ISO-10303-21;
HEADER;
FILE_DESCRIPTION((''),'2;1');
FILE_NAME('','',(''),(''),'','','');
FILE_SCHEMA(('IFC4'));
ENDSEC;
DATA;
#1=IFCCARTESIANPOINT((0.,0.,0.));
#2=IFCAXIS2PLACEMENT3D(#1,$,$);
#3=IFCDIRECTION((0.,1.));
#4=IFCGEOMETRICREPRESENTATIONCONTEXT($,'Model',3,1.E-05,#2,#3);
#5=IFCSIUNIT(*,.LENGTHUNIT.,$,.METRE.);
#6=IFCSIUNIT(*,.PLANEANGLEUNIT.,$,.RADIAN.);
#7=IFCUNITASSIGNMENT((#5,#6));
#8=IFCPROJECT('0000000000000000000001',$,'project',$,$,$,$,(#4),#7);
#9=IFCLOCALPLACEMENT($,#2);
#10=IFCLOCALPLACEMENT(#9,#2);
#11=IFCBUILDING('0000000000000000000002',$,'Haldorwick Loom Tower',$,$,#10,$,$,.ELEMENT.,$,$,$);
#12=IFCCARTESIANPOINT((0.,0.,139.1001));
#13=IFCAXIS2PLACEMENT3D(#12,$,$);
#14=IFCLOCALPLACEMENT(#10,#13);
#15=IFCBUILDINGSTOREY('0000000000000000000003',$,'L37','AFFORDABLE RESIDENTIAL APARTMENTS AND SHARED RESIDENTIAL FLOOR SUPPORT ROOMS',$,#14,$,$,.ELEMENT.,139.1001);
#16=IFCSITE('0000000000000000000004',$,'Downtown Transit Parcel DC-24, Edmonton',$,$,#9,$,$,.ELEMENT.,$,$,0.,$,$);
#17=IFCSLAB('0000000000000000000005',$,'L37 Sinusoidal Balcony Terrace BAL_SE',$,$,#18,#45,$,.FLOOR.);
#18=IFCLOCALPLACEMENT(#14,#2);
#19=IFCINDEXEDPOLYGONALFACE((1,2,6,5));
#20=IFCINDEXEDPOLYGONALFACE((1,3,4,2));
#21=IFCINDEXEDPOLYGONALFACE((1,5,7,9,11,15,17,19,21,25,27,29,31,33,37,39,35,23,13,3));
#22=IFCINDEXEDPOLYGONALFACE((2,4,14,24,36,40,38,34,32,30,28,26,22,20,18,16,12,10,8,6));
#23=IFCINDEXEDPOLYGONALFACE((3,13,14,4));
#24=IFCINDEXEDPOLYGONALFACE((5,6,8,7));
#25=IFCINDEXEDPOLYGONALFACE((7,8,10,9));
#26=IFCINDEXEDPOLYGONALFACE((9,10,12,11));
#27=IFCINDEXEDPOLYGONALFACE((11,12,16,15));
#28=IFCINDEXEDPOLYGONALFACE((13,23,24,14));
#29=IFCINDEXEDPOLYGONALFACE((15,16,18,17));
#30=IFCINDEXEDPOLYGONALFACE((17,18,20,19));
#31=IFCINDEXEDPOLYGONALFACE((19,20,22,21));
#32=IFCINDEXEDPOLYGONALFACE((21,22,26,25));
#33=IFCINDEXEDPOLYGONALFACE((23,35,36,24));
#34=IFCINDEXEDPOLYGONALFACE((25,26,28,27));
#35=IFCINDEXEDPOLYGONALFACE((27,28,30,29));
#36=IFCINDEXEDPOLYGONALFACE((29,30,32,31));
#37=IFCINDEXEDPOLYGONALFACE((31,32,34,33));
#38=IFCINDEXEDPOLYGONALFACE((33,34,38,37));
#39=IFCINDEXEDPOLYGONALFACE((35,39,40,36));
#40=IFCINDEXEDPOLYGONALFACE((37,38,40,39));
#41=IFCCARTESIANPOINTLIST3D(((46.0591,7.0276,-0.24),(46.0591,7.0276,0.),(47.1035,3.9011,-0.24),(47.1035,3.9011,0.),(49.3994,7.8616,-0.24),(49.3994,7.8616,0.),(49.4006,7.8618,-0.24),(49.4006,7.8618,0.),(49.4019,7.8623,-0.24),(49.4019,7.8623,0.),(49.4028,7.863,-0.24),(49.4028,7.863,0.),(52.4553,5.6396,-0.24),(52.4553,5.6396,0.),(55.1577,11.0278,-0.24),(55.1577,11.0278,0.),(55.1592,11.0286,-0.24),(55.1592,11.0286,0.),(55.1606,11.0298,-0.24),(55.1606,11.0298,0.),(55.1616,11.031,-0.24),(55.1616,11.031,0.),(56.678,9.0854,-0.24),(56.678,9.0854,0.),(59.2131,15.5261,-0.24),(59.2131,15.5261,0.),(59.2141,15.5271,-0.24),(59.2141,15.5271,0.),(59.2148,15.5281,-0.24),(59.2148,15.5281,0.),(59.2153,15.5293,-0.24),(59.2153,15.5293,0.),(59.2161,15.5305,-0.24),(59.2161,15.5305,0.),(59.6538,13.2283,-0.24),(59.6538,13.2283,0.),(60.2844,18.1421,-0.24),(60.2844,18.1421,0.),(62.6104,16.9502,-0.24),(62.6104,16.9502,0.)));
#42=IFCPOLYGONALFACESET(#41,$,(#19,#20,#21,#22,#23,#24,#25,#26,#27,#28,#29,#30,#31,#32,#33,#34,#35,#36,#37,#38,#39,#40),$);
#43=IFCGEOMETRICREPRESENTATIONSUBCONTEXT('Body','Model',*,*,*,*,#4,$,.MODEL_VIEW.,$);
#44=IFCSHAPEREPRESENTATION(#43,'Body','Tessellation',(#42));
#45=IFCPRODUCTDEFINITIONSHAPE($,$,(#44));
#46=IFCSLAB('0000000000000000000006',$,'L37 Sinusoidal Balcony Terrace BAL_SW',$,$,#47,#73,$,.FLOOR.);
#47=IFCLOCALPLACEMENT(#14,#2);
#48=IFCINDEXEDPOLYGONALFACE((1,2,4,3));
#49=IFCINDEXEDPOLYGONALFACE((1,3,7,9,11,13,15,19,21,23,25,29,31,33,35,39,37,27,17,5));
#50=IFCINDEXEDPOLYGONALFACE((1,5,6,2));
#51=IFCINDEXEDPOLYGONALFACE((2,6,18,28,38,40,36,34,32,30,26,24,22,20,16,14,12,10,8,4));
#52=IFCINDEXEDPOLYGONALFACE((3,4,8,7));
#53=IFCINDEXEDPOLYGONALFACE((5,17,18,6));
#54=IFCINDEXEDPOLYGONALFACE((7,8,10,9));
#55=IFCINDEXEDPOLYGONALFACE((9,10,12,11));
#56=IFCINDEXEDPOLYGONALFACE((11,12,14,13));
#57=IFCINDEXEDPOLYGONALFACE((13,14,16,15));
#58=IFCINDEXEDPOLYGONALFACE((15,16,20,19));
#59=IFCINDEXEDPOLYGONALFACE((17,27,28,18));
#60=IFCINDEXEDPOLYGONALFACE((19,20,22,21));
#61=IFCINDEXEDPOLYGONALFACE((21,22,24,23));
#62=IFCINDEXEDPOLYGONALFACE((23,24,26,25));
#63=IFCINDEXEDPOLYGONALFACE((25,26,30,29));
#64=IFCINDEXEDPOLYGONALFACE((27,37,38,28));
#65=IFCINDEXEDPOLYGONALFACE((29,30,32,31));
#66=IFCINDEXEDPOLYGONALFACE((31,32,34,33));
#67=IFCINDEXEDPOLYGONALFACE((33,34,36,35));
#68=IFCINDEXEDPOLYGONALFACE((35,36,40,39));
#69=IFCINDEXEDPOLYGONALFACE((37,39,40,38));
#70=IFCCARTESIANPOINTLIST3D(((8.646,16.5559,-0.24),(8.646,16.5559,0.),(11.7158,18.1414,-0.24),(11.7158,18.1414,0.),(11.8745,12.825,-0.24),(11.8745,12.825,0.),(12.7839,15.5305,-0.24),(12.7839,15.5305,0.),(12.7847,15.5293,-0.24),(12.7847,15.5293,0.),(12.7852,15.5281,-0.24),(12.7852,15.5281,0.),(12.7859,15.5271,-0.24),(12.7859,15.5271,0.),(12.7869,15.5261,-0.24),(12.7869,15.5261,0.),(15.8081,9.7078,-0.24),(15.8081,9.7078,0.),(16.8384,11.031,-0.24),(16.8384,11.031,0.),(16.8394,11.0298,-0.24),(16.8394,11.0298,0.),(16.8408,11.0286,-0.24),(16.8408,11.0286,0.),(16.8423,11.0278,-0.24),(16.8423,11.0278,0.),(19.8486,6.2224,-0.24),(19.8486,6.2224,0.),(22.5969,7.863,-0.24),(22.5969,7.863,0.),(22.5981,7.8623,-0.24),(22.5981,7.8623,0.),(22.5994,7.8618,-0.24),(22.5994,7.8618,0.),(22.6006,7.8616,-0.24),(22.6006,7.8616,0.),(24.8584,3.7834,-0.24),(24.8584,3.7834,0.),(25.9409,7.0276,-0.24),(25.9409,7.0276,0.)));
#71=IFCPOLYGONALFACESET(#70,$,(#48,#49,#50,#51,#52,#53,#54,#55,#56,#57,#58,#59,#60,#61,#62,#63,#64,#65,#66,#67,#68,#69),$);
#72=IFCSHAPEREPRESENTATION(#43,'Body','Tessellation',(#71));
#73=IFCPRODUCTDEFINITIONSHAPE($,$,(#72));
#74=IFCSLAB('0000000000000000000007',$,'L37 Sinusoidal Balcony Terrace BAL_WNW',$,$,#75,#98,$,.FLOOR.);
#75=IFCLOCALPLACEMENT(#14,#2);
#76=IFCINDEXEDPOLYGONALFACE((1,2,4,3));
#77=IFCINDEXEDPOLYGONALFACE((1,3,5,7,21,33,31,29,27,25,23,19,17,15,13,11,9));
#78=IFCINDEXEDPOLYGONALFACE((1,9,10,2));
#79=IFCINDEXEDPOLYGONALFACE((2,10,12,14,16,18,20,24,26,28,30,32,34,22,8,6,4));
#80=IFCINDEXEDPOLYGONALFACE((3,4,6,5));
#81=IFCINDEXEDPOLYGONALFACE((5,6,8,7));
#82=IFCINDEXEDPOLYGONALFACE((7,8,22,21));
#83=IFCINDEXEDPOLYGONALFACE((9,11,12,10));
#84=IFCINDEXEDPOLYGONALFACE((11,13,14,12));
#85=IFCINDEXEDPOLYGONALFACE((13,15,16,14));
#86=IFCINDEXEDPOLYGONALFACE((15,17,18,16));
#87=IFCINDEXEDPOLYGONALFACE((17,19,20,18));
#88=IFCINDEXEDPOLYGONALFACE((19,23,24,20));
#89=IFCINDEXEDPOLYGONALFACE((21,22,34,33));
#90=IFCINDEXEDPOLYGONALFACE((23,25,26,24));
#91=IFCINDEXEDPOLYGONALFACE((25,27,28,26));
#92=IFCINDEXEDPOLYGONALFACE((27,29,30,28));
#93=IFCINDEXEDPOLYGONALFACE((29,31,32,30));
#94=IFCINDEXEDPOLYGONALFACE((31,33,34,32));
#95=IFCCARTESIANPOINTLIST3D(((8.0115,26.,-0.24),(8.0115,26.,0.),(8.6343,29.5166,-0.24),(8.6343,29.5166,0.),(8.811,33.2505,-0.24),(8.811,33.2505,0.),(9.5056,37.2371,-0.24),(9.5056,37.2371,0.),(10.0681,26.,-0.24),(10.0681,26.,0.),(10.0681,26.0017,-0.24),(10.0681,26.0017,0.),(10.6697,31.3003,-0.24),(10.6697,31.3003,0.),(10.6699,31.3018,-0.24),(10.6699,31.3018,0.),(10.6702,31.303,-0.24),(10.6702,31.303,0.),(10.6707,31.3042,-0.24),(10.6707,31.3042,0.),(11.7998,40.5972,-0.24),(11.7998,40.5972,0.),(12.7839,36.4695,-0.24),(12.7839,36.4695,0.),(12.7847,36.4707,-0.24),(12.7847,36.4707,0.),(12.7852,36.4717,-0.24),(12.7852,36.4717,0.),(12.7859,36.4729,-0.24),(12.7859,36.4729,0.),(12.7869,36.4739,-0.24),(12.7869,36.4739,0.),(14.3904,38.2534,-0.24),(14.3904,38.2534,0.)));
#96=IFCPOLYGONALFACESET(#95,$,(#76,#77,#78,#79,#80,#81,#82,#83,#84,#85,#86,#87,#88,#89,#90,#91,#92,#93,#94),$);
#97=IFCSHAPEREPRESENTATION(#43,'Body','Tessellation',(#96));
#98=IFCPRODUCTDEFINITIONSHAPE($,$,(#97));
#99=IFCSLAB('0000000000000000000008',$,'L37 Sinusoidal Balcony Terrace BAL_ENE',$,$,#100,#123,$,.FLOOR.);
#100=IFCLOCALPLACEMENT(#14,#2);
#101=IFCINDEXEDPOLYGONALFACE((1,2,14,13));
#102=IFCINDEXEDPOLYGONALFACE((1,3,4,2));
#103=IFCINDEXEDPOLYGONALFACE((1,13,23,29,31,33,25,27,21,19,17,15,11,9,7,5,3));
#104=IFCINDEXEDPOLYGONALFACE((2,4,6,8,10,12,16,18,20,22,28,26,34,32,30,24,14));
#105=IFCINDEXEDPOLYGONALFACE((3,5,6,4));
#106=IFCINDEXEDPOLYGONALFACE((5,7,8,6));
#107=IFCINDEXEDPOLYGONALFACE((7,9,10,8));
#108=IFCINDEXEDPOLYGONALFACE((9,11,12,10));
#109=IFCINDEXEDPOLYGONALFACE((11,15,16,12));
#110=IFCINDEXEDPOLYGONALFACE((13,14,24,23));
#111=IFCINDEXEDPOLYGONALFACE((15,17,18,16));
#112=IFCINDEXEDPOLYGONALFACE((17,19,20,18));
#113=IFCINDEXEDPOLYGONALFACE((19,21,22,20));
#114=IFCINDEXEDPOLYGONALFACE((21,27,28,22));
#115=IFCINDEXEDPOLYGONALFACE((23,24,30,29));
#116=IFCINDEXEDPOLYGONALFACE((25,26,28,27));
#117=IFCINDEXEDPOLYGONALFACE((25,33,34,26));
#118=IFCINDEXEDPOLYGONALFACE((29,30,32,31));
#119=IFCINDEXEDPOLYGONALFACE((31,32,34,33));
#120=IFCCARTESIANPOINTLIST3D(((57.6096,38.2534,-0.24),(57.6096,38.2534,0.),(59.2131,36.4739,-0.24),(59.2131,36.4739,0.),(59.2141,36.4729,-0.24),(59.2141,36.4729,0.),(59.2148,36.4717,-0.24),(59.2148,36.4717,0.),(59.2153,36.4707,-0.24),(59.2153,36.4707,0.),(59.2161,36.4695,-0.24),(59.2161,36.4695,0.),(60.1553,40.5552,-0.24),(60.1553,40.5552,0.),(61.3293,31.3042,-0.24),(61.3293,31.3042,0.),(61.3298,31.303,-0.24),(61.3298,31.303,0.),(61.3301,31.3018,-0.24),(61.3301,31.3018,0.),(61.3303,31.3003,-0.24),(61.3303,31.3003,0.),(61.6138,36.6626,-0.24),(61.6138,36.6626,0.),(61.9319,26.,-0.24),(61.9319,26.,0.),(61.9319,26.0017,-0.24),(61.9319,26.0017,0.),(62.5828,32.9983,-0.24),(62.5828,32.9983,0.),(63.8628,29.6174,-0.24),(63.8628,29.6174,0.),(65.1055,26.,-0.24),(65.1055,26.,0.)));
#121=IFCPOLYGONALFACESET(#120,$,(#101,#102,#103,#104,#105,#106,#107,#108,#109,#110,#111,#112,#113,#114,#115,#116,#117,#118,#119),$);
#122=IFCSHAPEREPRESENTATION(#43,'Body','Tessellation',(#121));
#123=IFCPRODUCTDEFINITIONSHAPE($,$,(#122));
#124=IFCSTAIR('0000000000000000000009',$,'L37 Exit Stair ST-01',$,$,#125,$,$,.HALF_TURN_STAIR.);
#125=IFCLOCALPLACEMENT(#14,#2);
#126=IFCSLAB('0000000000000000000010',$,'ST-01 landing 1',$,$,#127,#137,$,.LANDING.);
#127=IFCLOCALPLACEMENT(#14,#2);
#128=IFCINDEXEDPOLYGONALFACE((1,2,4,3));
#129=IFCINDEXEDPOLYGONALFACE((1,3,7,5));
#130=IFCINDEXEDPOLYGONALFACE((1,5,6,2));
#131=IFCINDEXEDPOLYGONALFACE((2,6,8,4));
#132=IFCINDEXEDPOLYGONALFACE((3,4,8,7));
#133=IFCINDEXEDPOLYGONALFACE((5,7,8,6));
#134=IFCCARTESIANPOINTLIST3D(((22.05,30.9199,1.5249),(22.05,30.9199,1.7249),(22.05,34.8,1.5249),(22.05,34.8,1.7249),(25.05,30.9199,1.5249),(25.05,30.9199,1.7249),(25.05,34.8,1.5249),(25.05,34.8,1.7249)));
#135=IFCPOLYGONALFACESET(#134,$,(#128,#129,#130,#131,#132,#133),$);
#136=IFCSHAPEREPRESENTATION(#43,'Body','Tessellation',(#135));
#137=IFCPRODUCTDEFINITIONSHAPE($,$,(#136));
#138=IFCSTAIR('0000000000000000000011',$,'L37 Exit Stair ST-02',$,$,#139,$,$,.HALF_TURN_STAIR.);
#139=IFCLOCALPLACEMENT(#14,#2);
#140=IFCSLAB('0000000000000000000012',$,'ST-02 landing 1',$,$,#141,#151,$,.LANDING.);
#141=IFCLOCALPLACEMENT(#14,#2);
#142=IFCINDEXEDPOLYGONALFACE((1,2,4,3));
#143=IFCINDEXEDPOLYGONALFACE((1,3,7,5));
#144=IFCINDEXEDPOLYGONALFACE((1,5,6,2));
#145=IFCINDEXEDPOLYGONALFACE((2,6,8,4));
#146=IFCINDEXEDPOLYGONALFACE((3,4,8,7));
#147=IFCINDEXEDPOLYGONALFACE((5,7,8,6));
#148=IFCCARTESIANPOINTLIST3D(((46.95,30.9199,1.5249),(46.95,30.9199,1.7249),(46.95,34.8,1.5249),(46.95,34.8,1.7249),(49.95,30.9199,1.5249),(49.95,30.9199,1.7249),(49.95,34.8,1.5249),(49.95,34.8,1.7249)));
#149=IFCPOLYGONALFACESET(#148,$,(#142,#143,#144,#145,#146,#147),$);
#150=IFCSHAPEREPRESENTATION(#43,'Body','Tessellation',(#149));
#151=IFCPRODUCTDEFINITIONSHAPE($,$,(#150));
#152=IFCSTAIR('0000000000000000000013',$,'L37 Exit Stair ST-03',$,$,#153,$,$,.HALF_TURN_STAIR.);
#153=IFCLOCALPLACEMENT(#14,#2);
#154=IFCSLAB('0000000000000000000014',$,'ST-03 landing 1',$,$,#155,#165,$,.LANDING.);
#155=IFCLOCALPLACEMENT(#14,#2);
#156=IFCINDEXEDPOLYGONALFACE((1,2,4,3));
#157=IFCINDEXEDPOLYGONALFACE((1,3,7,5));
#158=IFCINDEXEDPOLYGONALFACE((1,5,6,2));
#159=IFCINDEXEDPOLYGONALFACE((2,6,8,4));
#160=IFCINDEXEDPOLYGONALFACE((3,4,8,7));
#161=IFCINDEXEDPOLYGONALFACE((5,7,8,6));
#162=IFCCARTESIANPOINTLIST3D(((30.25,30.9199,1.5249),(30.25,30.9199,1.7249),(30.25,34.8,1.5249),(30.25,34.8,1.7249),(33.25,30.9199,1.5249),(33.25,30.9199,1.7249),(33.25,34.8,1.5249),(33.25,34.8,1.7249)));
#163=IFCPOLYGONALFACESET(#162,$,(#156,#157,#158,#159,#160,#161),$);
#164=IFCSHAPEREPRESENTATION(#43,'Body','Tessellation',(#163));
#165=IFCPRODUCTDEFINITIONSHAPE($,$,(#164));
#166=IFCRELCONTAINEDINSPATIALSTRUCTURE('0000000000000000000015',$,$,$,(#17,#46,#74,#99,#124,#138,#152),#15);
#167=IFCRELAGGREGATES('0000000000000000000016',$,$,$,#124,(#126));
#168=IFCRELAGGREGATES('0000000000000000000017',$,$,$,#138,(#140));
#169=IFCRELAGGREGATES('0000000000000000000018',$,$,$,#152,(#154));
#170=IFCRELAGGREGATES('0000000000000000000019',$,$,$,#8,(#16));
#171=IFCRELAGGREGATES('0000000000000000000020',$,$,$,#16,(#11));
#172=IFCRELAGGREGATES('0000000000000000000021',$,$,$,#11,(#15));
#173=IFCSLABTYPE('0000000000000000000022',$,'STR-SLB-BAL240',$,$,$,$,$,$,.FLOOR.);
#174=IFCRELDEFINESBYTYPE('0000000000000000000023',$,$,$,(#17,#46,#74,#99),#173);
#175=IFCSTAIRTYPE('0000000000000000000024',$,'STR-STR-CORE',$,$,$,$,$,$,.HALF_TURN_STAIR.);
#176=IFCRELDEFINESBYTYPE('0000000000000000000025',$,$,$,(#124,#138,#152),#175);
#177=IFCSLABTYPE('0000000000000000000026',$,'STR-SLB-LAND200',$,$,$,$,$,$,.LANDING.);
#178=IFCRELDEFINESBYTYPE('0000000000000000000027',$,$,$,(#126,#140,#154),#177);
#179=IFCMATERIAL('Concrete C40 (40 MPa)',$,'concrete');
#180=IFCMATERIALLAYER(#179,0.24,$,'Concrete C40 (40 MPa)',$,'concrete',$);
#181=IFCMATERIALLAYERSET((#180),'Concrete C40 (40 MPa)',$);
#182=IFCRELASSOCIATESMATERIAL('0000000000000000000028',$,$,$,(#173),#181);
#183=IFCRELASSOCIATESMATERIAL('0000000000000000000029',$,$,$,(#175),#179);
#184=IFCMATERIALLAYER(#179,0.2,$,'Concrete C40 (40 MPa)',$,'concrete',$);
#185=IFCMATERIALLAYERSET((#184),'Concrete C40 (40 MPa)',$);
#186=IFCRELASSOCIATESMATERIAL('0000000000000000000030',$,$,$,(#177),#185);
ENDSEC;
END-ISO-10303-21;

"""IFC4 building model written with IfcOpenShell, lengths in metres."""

from ifc_helpers import new_model, si_unit, direction, frame, origin, place, context, subcontext, project, spatial, polyline, outline, extrude, material, layer, layer_set, type_object, element, aggregate, save


model = new_model("IFC4")

# Units and contexts
model_context = context("Model", 3, precision=1e-05, world=origin(), true_north=direction((0.0, 1.0)))
body_context = subcontext(model_context, "Body", "Model", "MODEL_VIEW")
ifc_project = project(units=[si_unit("LENGTHUNIT", "METRE"), si_unit("PLANEANGLEUNIT", "RADIAN")], contexts=[model_context])

# Site, building, storey
site_placement = place(None, origin())
site = spatial("IfcSite", under=ifc_project, at=site_placement, Name="Downtown Transit Parcel DC-24, Edmonton", CompositionType="ELEMENT", RefElevation=0.0)
building_placement = place(site_placement, origin())
building = spatial("IfcBuilding", under=site, at=building_placement, Name="Haldorwick Loom Tower", CompositionType="ELEMENT")
storey_placement = place(building_placement, frame((0.0, 0.0, 139.1001)))
storey = spatial("IfcBuildingStorey", under=building, at=storey_placement, Name="L37", Description="AFFORDABLE RESIDENTIAL APARTMENTS AND SHARED RESIDENTIAL FLOOR SUPPORT ROOMS", CompositionType="ELEMENT", Elevation=139.1001)

# Slabs
ifc_material_1 = material(Name="Concrete C40 (40 MPa)", Category="concrete")
ifc_layer_1 = layer(ifc_material_1, 0.24, Name="Concrete C40 (40 MPa)", Category="concrete")
ifc_layer_set_1 = layer_set([ifc_layer_1], Name="Concrete C40 (40 MPa)")
slab_type_1 = type_object("IfcSlabType", Name="STR-SLB-BAL240", PredefinedType="FLOOR", material=ifc_layer_set_1)
slab_1_placement = place(storey_placement, frame((0.0, 0.0, -0.24)))
element("IfcSlab", 1, at=slab_1_placement, inside=storey, type_object=slab_type_1, Name="L37 Sinusoidal Balcony Terrace BAL_SE", PredefinedType="FLOOR", context=body_context, shape_type="SweptSolid", body=[
    extrude(outline(polyline([(60.2844, 18.1421), (59.2161, 15.5305), (59.2153, 15.5293), (59.2148, 15.5281), (59.2141, 15.5271), (59.2131, 15.5261), (55.1616, 11.031), (55.1606, 11.0298), (55.1592, 11.0286), (55.1577, 11.0278), (49.4028, 7.863), (49.4019, 7.8623), (49.4006, 7.8618), (49.3994, 7.8616), (46.0591, 7.0276), (47.1035, 3.9011), (52.4553, 5.6396), (56.678, 9.0854), (59.6538, 13.2283), (62.6104, 16.9502), (60.2844, 18.1421)])), origin(), (0.0, 0.0, 1.0), 0.24),
])
slab_2_placement = place(storey_placement, frame((0.0, 0.0, -0.24)))
element("IfcSlab", 2, at=slab_2_placement, inside=storey, type_object=slab_type_1, Name="L37 Sinusoidal Balcony Terrace BAL_SW", PredefinedType="FLOOR", context=body_context, shape_type="SweptSolid", body=[
    extrude(outline(polyline([(25.9409, 7.0276), (22.6006, 7.8616), (22.5994, 7.8618), (22.5981, 7.8623), (22.5969, 7.863), (16.8423, 11.0278), (16.8408, 11.0286), (16.8394, 11.0298), (16.8384, 11.031), (12.7869, 15.5261), (12.7859, 15.5271), (12.7852, 15.5281), (12.7847, 15.5293), (12.7839, 15.5305), (11.7158, 18.1414), (8.646, 16.5559), (11.8745, 12.825), (15.8081, 9.7078), (19.8486, 6.2224), (24.8584, 3.7834), (25.9409, 7.0276)])), origin(), (0.0, 0.0, 1.0), 0.24),
])
slab_3_placement = place(storey_placement, frame((0.0, 0.0, -0.24)))
element("IfcSlab", 3, at=slab_3_placement, inside=storey, type_object=slab_type_1, Name="L37 Sinusoidal Balcony Terrace BAL_WNW", PredefinedType="FLOOR", context=body_context, shape_type="SweptSolid", body=[
    extrude(outline(polyline([(10.0681, 26.0), (10.0681, 26.0017), (10.6697, 31.3003), (10.6699, 31.3018), (10.6702, 31.303), (10.6707, 31.3042), (12.7839, 36.4695), (12.7847, 36.4707), (12.7852, 36.4717), (12.7859, 36.4729), (12.7869, 36.4739), (14.3904, 38.2534), (11.7998, 40.5972), (9.5056, 37.2371), (8.811, 33.2505), (8.6343, 29.5166), (8.0115, 26.0), (10.0681, 26.0)])), origin(), (0.0, 0.0, 1.0), 0.24),
])
slab_4_placement = place(storey_placement, frame((0.0, 0.0, -0.24)))
element("IfcSlab", 4, at=slab_4_placement, inside=storey, type_object=slab_type_1, Name="L37 Sinusoidal Balcony Terrace BAL_ENE", PredefinedType="FLOOR", context=body_context, shape_type="SweptSolid", body=[
    extrude(outline(polyline([(57.6096, 38.2534), (59.2131, 36.4739), (59.2141, 36.4729), (59.2148, 36.4717), (59.2153, 36.4707), (59.2161, 36.4695), (61.3293, 31.3042), (61.3298, 31.303), (61.3301, 31.3018), (61.3303, 31.3003), (61.9319, 26.0017), (61.9319, 26.0), (65.1055, 26.0), (63.8628, 29.6174), (62.5828, 32.9983), (61.6138, 36.6626), (60.1553, 40.5552), (57.6096, 38.2534)])), origin(), (0.0, 0.0, 1.0), 0.24),
])

# Stairs, slabs
stair_type = type_object("IfcStairType", Name="STR-STR-CORE", PredefinedType="HALF_TURN_STAIR", material=ifc_material_1)
stair_1_placement = place(storey_placement, origin())
stair_1 = element("IfcStair", 5, at=stair_1_placement, inside=storey, type_object=stair_type, Name="L37 Exit Stair ST-01", PredefinedType="HALF_TURN_STAIR")
ifc_layer_2 = layer(ifc_material_1, 0.2, Name="Concrete C40 (40 MPa)", Category="concrete")
ifc_layer_set_2 = layer_set([ifc_layer_2], Name="Concrete C40 (40 MPa)")
slab_type_2 = type_object("IfcSlabType", Name="STR-SLB-LAND200", PredefinedType="LANDING", material=ifc_layer_set_2)
slab_5_placement = place(storey_placement, frame((0.0, 0.0, 1.5249)))
slab_5 = element("IfcSlab", 6, at=slab_5_placement, type_object=slab_type_2, Name="ST-01 landing 1", PredefinedType="LANDING", context=body_context, shape_type="SweptSolid", body=[
    extrude(outline(polyline([(25.05, 30.9199), (25.05, 34.8), (22.05, 34.8), (22.05, 30.9199), (25.05, 30.9199)])), origin(), (0.0, 0.0, 1.0), 0.2),
])
aggregate(stair_1, [slab_5])
stair_2_placement = place(storey_placement, origin())
stair_2 = element("IfcStair", 7, at=stair_2_placement, inside=storey, type_object=stair_type, Name="L37 Exit Stair ST-02", PredefinedType="HALF_TURN_STAIR")
slab_6_placement = place(storey_placement, frame((0.0, 0.0, 1.5249)))
slab_6 = element("IfcSlab", 8, at=slab_6_placement, type_object=slab_type_2, Name="ST-02 landing 1", PredefinedType="LANDING", context=body_context, shape_type="SweptSolid", body=[
    extrude(outline(polyline([(49.95, 30.9199), (49.95, 34.8), (46.95, 34.8), (46.95, 30.9199), (49.95, 30.9199)])), origin(), (0.0, 0.0, 1.0), 0.2),
])
aggregate(stair_2, [slab_6])
stair_3_placement = place(storey_placement, origin())
stair_3 = element("IfcStair", 9, at=stair_3_placement, inside=storey, type_object=stair_type, Name="L37 Exit Stair ST-03", PredefinedType="HALF_TURN_STAIR")
slab_7_placement = place(storey_placement, frame((0.0, 0.0, 1.5249)))
slab_7 = element("IfcSlab", 10, at=slab_7_placement, type_object=slab_type_2, Name="ST-03 landing 1", PredefinedType="LANDING", context=body_context, shape_type="SweptSolid", body=[
    extrude(outline(polyline([(33.25, 30.9199), (33.25, 34.8), (30.25, 34.8), (30.25, 30.9199), (33.25, 30.9199)])), origin(), (0.0, 0.0, 1.0), 0.2),
])
aggregate(stair_3, [slab_7])

save(model, "model.ifc")
